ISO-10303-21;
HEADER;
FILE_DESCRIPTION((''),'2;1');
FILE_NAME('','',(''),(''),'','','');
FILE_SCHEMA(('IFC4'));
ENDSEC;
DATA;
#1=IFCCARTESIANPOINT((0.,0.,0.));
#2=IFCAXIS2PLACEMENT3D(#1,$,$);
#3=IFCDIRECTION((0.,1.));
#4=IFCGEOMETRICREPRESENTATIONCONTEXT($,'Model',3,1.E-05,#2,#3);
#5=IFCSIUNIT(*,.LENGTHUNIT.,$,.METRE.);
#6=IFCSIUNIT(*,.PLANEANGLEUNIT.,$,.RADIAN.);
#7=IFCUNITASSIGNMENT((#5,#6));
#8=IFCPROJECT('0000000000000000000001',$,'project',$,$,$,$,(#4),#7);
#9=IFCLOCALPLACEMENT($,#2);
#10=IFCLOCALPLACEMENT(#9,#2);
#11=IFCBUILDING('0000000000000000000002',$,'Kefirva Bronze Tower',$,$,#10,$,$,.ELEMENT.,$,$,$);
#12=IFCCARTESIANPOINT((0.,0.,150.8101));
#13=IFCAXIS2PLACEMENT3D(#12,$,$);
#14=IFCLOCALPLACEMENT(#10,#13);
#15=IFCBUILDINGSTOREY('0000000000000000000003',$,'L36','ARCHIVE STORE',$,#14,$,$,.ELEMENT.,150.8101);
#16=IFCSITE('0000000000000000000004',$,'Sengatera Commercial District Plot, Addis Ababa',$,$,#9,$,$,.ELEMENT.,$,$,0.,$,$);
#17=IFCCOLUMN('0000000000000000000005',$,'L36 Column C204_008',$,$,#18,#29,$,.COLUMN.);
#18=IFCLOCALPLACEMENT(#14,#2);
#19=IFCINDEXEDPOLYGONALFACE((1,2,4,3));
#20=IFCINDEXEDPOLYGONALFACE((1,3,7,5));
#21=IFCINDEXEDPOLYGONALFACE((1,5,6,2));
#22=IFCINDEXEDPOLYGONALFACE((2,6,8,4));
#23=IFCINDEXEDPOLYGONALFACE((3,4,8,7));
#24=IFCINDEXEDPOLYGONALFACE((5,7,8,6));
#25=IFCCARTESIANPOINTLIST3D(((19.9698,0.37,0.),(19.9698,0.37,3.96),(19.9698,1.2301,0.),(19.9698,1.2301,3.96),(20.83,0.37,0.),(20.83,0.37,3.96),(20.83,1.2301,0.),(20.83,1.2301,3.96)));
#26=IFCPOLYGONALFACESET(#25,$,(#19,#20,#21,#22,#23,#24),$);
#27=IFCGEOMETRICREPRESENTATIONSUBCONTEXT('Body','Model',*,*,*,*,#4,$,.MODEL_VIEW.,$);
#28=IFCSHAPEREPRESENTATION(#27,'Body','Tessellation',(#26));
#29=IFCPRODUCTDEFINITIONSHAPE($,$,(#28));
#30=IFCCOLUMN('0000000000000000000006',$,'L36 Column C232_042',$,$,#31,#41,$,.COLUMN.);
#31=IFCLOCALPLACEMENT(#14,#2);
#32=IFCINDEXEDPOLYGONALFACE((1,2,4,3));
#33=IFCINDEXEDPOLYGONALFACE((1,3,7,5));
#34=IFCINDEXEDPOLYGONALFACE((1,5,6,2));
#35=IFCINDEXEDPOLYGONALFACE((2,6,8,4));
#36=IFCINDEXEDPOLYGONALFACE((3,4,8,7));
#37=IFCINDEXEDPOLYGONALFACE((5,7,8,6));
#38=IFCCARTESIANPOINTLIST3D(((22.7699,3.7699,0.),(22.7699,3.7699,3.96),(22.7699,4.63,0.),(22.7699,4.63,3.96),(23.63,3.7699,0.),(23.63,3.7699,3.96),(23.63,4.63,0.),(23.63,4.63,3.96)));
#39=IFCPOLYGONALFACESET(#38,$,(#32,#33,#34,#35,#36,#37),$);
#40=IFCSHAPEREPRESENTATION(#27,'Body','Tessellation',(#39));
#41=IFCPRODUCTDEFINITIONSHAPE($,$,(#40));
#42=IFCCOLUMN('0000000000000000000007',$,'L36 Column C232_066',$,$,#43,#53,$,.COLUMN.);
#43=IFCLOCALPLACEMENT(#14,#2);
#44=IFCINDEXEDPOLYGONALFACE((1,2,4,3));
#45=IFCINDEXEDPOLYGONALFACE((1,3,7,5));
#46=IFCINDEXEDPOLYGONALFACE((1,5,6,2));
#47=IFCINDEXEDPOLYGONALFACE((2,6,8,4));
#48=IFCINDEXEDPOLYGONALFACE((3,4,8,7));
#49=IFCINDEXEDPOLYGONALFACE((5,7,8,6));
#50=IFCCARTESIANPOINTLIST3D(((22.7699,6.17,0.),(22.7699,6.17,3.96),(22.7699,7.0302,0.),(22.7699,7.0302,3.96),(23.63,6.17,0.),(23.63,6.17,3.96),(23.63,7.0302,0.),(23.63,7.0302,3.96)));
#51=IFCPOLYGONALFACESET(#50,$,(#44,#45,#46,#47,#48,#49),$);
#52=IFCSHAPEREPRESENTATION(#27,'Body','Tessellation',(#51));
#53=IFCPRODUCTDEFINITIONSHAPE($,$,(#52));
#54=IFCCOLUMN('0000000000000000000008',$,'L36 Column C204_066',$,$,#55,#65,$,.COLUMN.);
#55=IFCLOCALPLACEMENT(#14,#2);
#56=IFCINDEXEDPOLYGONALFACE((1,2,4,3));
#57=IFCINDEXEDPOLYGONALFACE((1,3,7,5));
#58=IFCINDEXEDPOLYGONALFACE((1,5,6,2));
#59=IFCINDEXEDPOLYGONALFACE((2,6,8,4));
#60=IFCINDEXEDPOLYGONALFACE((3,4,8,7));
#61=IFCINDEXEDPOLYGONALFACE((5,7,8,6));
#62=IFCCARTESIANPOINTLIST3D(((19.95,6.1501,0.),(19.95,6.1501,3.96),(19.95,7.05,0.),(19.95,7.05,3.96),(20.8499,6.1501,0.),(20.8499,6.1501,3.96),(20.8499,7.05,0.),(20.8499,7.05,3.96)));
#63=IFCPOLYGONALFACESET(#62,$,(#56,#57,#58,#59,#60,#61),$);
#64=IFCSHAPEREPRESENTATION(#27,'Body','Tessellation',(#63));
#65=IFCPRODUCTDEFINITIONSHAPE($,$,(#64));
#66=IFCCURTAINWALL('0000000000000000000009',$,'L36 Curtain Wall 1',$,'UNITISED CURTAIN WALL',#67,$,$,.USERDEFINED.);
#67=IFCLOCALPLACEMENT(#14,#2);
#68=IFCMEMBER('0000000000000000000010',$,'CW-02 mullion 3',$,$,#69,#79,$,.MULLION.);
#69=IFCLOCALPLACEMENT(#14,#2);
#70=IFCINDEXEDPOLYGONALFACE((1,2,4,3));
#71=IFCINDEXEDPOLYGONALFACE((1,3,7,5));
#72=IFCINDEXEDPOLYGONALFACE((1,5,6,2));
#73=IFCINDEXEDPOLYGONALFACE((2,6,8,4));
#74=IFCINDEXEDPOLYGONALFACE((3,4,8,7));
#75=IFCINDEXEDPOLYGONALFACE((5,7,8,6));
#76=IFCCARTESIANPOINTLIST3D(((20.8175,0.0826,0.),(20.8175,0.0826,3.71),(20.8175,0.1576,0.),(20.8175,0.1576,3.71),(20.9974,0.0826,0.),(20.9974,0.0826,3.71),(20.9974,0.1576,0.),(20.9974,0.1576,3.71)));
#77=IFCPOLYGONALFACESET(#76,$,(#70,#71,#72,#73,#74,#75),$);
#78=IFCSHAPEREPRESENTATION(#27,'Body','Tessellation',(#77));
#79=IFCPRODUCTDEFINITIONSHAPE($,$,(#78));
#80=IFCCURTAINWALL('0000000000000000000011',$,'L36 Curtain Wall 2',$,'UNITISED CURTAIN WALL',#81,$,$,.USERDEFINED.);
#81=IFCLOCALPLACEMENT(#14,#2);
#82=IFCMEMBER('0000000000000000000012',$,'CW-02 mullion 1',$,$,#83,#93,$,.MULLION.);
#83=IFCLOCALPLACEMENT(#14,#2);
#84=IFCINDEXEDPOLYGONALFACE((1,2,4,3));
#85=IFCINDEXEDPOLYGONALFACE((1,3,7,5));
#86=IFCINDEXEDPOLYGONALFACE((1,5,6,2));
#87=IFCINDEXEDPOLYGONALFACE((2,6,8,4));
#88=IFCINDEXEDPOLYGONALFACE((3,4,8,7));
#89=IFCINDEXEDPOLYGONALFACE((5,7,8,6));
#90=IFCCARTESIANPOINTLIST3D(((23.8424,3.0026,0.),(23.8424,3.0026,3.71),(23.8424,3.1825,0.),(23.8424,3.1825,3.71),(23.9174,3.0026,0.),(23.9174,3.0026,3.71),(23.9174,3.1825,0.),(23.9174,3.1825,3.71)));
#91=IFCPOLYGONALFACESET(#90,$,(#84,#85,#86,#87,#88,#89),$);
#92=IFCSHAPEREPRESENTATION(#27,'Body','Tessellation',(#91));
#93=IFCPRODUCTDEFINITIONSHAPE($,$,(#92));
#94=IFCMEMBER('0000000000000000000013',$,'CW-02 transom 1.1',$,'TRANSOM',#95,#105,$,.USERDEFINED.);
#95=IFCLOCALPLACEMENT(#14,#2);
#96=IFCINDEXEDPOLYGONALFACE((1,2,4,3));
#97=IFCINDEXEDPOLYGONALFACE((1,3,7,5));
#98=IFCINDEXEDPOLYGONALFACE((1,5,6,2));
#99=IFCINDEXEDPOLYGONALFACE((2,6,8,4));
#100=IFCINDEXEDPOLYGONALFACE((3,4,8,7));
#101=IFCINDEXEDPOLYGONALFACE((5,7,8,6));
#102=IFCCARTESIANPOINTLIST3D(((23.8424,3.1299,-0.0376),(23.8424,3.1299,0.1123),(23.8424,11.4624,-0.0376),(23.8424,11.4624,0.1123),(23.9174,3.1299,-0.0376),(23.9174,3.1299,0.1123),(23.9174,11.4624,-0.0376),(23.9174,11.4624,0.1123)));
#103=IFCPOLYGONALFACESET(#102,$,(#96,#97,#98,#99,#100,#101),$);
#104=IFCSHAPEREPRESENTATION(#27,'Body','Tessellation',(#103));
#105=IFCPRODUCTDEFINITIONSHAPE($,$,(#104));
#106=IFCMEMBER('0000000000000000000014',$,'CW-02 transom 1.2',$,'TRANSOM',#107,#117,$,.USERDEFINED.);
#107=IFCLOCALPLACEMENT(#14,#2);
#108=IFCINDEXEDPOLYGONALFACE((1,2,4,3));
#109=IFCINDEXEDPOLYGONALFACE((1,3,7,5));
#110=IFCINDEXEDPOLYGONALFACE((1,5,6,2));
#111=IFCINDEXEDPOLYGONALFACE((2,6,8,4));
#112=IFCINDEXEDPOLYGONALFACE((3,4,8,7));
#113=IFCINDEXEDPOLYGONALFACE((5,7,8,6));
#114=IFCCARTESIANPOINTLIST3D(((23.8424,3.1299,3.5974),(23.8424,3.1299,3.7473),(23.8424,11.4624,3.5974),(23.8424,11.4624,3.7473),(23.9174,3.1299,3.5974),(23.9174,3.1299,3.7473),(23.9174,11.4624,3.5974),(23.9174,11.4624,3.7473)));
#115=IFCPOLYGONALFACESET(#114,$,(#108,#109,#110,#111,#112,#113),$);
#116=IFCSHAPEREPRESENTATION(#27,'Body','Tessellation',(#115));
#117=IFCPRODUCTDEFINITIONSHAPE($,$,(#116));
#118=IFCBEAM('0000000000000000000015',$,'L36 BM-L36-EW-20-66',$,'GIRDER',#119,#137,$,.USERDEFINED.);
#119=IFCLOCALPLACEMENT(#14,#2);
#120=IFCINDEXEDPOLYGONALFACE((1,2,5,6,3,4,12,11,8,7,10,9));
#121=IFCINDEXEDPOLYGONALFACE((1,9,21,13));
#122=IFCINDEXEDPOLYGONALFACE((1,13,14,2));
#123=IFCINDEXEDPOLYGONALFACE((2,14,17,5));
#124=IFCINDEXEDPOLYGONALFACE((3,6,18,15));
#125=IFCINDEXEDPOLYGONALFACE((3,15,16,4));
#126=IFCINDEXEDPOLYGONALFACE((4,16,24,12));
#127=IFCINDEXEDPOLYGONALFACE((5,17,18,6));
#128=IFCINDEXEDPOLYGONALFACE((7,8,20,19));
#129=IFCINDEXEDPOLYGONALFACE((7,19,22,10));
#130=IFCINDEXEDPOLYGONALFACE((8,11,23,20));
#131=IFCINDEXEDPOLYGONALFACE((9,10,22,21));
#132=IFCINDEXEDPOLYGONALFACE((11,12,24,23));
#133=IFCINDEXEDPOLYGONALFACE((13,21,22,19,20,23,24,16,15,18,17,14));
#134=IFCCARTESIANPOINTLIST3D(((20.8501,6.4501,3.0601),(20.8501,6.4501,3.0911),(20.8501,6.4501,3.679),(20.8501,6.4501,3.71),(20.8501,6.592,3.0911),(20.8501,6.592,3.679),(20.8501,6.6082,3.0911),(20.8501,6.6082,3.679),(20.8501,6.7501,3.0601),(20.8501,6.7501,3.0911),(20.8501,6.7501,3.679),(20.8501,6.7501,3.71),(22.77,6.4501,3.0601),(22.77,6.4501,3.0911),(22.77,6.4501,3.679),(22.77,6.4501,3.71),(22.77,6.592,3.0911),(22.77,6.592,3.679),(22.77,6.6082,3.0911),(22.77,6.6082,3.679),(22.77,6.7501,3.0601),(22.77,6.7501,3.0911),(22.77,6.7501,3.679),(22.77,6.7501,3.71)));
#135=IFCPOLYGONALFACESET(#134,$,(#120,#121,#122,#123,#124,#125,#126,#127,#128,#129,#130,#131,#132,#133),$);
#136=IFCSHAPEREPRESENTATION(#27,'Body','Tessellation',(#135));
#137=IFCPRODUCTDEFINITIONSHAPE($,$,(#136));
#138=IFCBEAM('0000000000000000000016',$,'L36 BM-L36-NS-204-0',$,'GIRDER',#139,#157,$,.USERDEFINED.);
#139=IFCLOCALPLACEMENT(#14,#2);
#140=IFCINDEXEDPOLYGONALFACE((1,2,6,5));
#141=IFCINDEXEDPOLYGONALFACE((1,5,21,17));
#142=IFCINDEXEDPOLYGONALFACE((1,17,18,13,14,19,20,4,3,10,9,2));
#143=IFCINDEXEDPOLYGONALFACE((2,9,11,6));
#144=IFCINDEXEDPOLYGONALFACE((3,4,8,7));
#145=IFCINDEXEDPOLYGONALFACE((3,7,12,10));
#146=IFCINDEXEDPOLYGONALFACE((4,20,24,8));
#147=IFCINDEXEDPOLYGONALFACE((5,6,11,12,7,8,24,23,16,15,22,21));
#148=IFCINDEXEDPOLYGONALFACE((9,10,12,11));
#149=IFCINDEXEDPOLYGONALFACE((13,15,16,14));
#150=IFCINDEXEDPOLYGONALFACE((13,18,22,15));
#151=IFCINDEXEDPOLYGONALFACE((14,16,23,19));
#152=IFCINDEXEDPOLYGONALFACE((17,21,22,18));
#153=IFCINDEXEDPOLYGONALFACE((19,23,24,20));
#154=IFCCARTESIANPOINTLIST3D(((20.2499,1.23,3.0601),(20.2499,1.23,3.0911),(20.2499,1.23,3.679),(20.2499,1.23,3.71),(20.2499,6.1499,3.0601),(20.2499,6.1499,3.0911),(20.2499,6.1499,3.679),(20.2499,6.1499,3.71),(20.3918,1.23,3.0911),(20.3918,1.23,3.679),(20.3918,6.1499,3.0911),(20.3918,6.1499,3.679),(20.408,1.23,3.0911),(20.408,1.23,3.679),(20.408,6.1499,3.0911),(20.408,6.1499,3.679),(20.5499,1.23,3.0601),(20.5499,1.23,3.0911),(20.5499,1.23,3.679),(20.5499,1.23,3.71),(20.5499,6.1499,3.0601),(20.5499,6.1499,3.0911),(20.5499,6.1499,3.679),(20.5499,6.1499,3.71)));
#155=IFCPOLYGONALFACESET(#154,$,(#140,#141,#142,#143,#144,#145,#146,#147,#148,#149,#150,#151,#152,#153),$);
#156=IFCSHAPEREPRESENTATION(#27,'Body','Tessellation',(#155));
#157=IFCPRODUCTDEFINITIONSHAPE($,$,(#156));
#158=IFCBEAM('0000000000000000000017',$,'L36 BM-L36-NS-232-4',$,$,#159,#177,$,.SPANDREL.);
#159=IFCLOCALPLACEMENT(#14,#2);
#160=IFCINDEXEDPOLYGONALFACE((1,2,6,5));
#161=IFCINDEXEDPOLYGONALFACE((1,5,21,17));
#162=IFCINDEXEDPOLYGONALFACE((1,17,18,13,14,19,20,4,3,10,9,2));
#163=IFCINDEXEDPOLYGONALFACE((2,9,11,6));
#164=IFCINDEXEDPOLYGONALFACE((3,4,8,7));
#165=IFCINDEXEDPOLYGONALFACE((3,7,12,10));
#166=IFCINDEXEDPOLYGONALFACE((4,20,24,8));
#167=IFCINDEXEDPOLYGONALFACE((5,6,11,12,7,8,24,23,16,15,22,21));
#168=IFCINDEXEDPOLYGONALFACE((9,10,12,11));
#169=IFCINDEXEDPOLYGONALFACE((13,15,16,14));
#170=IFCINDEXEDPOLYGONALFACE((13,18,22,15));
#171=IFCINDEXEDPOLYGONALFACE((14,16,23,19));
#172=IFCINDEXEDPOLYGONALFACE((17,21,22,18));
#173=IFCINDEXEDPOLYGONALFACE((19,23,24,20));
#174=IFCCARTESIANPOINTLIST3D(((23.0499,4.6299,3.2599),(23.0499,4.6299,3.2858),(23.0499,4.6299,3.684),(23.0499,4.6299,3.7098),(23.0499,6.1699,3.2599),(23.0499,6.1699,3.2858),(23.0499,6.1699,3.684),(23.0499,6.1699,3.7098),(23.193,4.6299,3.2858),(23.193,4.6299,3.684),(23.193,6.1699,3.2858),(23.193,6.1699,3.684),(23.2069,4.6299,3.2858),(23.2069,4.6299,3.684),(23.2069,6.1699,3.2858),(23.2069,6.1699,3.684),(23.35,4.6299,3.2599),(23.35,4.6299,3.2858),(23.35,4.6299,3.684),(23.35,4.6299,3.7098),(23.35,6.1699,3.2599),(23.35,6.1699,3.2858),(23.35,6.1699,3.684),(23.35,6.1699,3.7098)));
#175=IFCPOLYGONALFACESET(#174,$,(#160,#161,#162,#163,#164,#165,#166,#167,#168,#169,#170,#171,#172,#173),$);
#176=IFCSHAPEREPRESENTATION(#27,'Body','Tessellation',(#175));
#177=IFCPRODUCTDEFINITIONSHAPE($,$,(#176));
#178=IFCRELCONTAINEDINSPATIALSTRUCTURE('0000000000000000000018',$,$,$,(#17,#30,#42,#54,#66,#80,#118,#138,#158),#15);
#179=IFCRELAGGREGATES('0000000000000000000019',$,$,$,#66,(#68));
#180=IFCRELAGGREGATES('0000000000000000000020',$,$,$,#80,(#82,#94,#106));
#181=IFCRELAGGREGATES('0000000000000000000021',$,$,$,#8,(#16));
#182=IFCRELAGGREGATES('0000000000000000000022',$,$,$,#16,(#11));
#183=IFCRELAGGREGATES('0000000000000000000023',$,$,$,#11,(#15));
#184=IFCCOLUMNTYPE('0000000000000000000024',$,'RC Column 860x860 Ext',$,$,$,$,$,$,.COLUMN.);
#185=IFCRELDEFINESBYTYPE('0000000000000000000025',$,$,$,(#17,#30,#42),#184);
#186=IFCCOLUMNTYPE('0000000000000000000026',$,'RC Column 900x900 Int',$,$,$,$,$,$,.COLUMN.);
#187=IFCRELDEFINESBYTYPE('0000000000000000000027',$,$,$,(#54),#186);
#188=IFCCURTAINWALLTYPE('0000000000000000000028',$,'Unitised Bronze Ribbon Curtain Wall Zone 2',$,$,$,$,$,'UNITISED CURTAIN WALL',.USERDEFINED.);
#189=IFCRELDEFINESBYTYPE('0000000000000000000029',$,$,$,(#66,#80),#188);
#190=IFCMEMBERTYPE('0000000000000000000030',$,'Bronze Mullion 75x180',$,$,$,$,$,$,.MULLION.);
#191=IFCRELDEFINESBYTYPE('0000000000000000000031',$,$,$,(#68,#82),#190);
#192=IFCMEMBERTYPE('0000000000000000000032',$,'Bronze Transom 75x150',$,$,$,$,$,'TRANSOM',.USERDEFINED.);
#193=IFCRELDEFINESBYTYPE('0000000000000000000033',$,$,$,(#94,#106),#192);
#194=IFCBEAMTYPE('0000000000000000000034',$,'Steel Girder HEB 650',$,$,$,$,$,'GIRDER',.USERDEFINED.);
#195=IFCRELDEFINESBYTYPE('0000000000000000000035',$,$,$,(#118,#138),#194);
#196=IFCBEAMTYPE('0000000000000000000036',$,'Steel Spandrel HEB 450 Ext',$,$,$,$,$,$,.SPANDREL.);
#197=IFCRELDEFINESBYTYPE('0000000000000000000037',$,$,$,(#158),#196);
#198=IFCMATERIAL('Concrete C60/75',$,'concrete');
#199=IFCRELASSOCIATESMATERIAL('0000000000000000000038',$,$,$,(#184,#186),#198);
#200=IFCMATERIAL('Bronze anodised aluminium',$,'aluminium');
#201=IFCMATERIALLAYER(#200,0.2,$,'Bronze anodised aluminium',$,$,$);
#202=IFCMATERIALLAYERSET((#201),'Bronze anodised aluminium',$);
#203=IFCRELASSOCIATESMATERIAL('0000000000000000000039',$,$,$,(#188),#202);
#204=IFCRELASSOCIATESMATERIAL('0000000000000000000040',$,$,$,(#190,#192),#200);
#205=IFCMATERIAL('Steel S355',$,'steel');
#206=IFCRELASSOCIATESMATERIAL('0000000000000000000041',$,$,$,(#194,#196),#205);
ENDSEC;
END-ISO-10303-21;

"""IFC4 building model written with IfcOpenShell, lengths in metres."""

from ifc_helpers import new_model, si_unit, direction, frame, origin, origin_2d, place, context, subcontext, project, spatial, rectangle, i_section, extrude, material, layer, layer_set, material_profile, profile_set, type_object, element, aggregate, save


model = new_model("IFC4")

# Units and contexts
model_context = context("Model", 3, precision=1e-05, world=origin(), true_north=direction((0.0, 1.0)))
body_context = subcontext(model_context, "Body", "Model", "MODEL_VIEW")
ifc_project = project(units=[si_unit("LENGTHUNIT", "METRE"), si_unit("PLANEANGLEUNIT", "RADIAN")], contexts=[model_context])

# Site, building, storey
site_placement = place(None, origin())
site = spatial("IfcSite", under=ifc_project, at=site_placement, Name="Sengatera Commercial District Plot, Addis Ababa", CompositionType="ELEMENT", RefElevation=0.0)
building_placement = place(site_placement, origin())
building = spatial("IfcBuilding", under=site, at=building_placement, Name="Kefirva Bronze Tower", CompositionType="ELEMENT")
storey_placement = place(building_placement, frame((0.0, 0.0, 150.8101)))
storey = spatial("IfcBuildingStorey", under=building, at=storey_placement, Name="L36", Description="ARCHIVE STORE", CompositionType="ELEMENT", Elevation=150.8101)

# Columns
ifc_material_1 = material(Name="Concrete C60/75", Category="concrete")
ifc_material_profile_1 = material_profile(ifc_material_1, rectangle(XDim=0.8601, YDim=0.8601, at=origin_2d()), Name="RC 860x860")
ifc_profile_set_1 = profile_set([ifc_material_profile_1], Name="Concrete C60/75")
column_type_1 = type_object("IfcColumnType", Name="RC Column 860x860 Ext", PredefinedType="COLUMN", material=ifc_profile_set_1)
for number, where, z_axis, x_axis, name in (
    (1, (20.3999, 0.8, 0.0), (0.0, 0.0, 1.0), (1.0, 0.0, 0.0), "L36 Column C204_008"),
    (2, (23.2, 4.2, 0.0), (0.0, 0.0, 1.0), (1.0, 0.0, 0.0), "L36 Column C232_042"),
    (3, (23.2, 6.6001, 0.0), (0.0, 0.0, 1.0), (1.0, 0.0, 0.0), "L36 Column C232_066"),
):
    element("IfcColumn", number, at=place(storey_placement, frame(where, z_axis=z_axis, x_axis=x_axis)), inside=storey, type_object=column_type_1, Name=name, PredefinedType="COLUMN", context=body_context, shape_type="SweptSolid", body=[
        extrude(rectangle(XDim=0.8601, YDim=0.8601, at=origin_2d()), origin(), (0.0, 0.0, 1.0), 3.96),
    ])
ifc_material_profile_2 = material_profile(ifc_material_1, rectangle(XDim=0.8999, YDim=0.8999, at=origin_2d()), Name="RC 900x900")
ifc_profile_set_2 = profile_set([ifc_material_profile_2], Name="Concrete C60/75")
column_type_2 = type_object("IfcColumnType", Name="RC Column 900x900 Int", PredefinedType="COLUMN", material=ifc_profile_set_2)
column_placement = place(storey_placement, frame((20.3999, 6.6001, 0.0), z_axis=(0.0, 0.0, 1.0), x_axis=(1.0, 0.0, 0.0)))
element("IfcColumn", 4, at=column_placement, inside=storey, type_object=column_type_2, Name="L36 Column C204_066", PredefinedType="COLUMN", context=body_context, shape_type="SweptSolid", body=[
    extrude(rectangle(XDim=0.8999, YDim=0.8999, at=origin_2d()), origin(), (0.0, 0.0, 1.0), 3.96),
])

# Curtain wall, member
ifc_material_2 = material(Name="Bronze anodised aluminium", Category="aluminium")
ifc_layer_1 = layer(ifc_material_2, 0.2, Name="Bronze anodised aluminium")
ifc_layer_set_1 = layer_set([ifc_layer_1], Name="Bronze anodised aluminium")
curtain_wall_type = type_object("IfcCurtainWallType", Name="Unitised Bronze Ribbon Curtain Wall Zone 2", ElementType="UNITISED CURTAIN WALL", PredefinedType="USERDEFINED", material=ifc_layer_set_1)
curtain_wall_1_placement = place(storey_placement, origin())
curtain_wall_1 = element("IfcCurtainWall", 5, at=curtain_wall_1_placement, inside=storey, type_object=curtain_wall_type, Name="L36 Curtain Wall 1", ObjectType="UNITISED CURTAIN WALL", PredefinedType="USERDEFINED")
ifc_material_profile_3 = material_profile(ifc_material_2, rectangle(XDim=0.075, YDim=0.1799, at=origin_2d()), Name="ALU 75x180")
ifc_profile_set_3 = profile_set([ifc_material_profile_3], Name="Bronze anodised aluminium")
member_type_1 = type_object("IfcMemberType", Name="Bronze Mullion 75x180", PredefinedType="MULLION", material=ifc_profile_set_3)
member_1_placement = place(storey_placement, frame((20.9075, 0.1201, 0.0), z_axis=(0.0, 0.0, 1.0), x_axis=(0.0, 1.0, 0.0)))
member_1 = element("IfcMember", 6, at=member_1_placement, type_object=member_type_1, Name="CW-02 mullion 3", PredefinedType="MULLION", context=body_context, shape_type="SweptSolid", body=[
    extrude(rectangle(XDim=0.075, YDim=0.1799, at=origin_2d()), origin(), (0.0, 0.0, 1.0), 3.71),
])
aggregate(curtain_wall_1, [member_1])

# Curtain wall, members
curtain_wall_2_placement = place(storey_placement, origin())
curtain_wall_2 = element("IfcCurtainWall", 7, at=curtain_wall_2_placement, inside=storey, type_object=curtain_wall_type, Name="L36 Curtain Wall 2", ObjectType="UNITISED CURTAIN WALL", PredefinedType="USERDEFINED")
member_2_placement = place(storey_placement, frame((23.8799, 3.0925, 0.0), z_axis=(0.0, 0.0, 1.0), x_axis=(-1.0, 0.0, 0.0)))
member_2 = element("IfcMember", 8, at=member_2_placement, type_object=member_type_1, Name="CW-02 mullion 1", PredefinedType="MULLION", context=body_context, shape_type="SweptSolid", body=[
    extrude(rectangle(XDim=0.075, YDim=0.1799, at=origin_2d()), origin(), (0.0, 0.0, 1.0), 3.71),
])
ifc_material_profile_4 = material_profile(ifc_material_2, rectangle(XDim=0.075, YDim=0.1499, at=origin_2d()), Name="ALU 75x150")
ifc_profile_set_4 = profile_set([ifc_material_profile_4], Name="Bronze anodised aluminium")
member_type_2 = type_object("IfcMemberType", Name="Bronze Transom 75x150", ElementType="TRANSOM", PredefinedType="USERDEFINED", material=ifc_profile_set_4)
member_3_placement = place(storey_placement, frame((23.8799, 3.1299, 0.0374), z_axis=(0.0, 1.0, 0.0), x_axis=(-1.0, 0.0, 0.0)))
member_3 = element("IfcMember", 9, at=member_3_placement, type_object=member_type_2, Name="CW-02 transom 1.1", ObjectType="TRANSOM", PredefinedType="USERDEFINED", context=body_context, shape_type="SweptSolid", body=[
    extrude(rectangle(XDim=0.075, YDim=0.1499, at=origin_2d()), origin(), (0.0, 0.0, 1.0), 8.3325),
])
member_4_placement = place(storey_placement, frame((23.8799, 3.1299, 3.6724), z_axis=(0.0, 1.0, 0.0), x_axis=(-1.0, 0.0, 0.0)))
member_4 = element("IfcMember", 10, at=member_4_placement, type_object=member_type_2, Name="CW-02 transom 1.2", ObjectType="TRANSOM", PredefinedType="USERDEFINED", context=body_context, shape_type="SweptSolid", body=[
    extrude(rectangle(XDim=0.075, YDim=0.1499, at=origin_2d()), origin(), (0.0, 0.0, 1.0), 8.3325),
])

# Beams
ifc_material_3 = material(Name="Steel S355", Category="steel")
ifc_material_profile_5 = material_profile(ifc_material_3, i_section(OverallWidth=0.3, OverallDepth=0.6499, WebThickness=0.0161, FlangeThickness=0.031, at=origin_2d()), Name="HEB 650")
ifc_profile_set_5 = profile_set([ifc_material_profile_5], Name="Steel S355")
beam_type_1 = type_object("IfcBeamType", Name="Steel Girder HEB 650", ElementType="GIRDER", PredefinedType="USERDEFINED", material=ifc_profile_set_5)
beam_1_placement = place(storey_placement, frame((20.8501, 6.6001, 3.385), z_axis=(1.0, 0.0, 0.0), x_axis=(0.0, 1.0, 0.0)))
element("IfcBeam", 11, at=beam_1_placement, inside=storey, type_object=beam_type_1, Name="L36 BM-L36-EW-20-66", ObjectType="GIRDER", PredefinedType="USERDEFINED", context=body_context, shape_type="SweptSolid", body=[
    extrude(i_section(OverallWidth=0.3, OverallDepth=0.6499, WebThickness=0.0161, FlangeThickness=0.031, at=origin_2d()), origin(), (0.0, 0.0, 1.0), 1.9199),
])
beam_2_placement = place(storey_placement, frame((20.3999, 1.23, 3.385), z_axis=(0.0, 1.0, 0.0), x_axis=(-1.0, 0.0, 0.0)))
element("IfcBeam", 12, at=beam_2_placement, inside=storey, type_object=beam_type_1, Name="L36 BM-L36-NS-204-0", ObjectType="GIRDER", PredefinedType="USERDEFINED", context=body_context, shape_type="SweptSolid", body=[
    extrude(i_section(OverallWidth=0.3, OverallDepth=0.6499, WebThickness=0.0161, FlangeThickness=0.031, at=origin_2d()), origin(), (0.0, 0.0, 1.0), 4.9199),
])
ifc_material_profile_6 = material_profile(ifc_material_3, i_section(OverallWidth=0.3, OverallDepth=0.45, WebThickness=0.0139, FlangeThickness=0.0259, at=origin_2d()), Name="HEB 450")
ifc_profile_set_6 = profile_set([ifc_material_profile_6], Name="Steel S355")
beam_type_2 = type_object("IfcBeamType", Name="Steel Spandrel HEB 450 Ext", PredefinedType="SPANDREL", material=ifc_profile_set_6)
beam_3_placement = place(storey_placement, frame((23.2, 4.6299, 3.4849), z_axis=(0.0, 1.0, 0.0), x_axis=(-1.0, 0.0, 0.0)))
element("IfcBeam", 13, at=beam_3_placement, inside=storey, type_object=beam_type_2, Name="L36 BM-L36-NS-232-4", PredefinedType="SPANDREL", context=body_context, shape_type="SweptSolid", body=[
    extrude(i_section(OverallWidth=0.3, OverallDepth=0.45, WebThickness=0.0139, FlangeThickness=0.0259, at=origin_2d()), origin(), (0.0, 0.0, 1.0), 1.54),
])

aggregate(curtain_wall_2, [member_2, member_3, member_4])

save(model, "model.ifc")
